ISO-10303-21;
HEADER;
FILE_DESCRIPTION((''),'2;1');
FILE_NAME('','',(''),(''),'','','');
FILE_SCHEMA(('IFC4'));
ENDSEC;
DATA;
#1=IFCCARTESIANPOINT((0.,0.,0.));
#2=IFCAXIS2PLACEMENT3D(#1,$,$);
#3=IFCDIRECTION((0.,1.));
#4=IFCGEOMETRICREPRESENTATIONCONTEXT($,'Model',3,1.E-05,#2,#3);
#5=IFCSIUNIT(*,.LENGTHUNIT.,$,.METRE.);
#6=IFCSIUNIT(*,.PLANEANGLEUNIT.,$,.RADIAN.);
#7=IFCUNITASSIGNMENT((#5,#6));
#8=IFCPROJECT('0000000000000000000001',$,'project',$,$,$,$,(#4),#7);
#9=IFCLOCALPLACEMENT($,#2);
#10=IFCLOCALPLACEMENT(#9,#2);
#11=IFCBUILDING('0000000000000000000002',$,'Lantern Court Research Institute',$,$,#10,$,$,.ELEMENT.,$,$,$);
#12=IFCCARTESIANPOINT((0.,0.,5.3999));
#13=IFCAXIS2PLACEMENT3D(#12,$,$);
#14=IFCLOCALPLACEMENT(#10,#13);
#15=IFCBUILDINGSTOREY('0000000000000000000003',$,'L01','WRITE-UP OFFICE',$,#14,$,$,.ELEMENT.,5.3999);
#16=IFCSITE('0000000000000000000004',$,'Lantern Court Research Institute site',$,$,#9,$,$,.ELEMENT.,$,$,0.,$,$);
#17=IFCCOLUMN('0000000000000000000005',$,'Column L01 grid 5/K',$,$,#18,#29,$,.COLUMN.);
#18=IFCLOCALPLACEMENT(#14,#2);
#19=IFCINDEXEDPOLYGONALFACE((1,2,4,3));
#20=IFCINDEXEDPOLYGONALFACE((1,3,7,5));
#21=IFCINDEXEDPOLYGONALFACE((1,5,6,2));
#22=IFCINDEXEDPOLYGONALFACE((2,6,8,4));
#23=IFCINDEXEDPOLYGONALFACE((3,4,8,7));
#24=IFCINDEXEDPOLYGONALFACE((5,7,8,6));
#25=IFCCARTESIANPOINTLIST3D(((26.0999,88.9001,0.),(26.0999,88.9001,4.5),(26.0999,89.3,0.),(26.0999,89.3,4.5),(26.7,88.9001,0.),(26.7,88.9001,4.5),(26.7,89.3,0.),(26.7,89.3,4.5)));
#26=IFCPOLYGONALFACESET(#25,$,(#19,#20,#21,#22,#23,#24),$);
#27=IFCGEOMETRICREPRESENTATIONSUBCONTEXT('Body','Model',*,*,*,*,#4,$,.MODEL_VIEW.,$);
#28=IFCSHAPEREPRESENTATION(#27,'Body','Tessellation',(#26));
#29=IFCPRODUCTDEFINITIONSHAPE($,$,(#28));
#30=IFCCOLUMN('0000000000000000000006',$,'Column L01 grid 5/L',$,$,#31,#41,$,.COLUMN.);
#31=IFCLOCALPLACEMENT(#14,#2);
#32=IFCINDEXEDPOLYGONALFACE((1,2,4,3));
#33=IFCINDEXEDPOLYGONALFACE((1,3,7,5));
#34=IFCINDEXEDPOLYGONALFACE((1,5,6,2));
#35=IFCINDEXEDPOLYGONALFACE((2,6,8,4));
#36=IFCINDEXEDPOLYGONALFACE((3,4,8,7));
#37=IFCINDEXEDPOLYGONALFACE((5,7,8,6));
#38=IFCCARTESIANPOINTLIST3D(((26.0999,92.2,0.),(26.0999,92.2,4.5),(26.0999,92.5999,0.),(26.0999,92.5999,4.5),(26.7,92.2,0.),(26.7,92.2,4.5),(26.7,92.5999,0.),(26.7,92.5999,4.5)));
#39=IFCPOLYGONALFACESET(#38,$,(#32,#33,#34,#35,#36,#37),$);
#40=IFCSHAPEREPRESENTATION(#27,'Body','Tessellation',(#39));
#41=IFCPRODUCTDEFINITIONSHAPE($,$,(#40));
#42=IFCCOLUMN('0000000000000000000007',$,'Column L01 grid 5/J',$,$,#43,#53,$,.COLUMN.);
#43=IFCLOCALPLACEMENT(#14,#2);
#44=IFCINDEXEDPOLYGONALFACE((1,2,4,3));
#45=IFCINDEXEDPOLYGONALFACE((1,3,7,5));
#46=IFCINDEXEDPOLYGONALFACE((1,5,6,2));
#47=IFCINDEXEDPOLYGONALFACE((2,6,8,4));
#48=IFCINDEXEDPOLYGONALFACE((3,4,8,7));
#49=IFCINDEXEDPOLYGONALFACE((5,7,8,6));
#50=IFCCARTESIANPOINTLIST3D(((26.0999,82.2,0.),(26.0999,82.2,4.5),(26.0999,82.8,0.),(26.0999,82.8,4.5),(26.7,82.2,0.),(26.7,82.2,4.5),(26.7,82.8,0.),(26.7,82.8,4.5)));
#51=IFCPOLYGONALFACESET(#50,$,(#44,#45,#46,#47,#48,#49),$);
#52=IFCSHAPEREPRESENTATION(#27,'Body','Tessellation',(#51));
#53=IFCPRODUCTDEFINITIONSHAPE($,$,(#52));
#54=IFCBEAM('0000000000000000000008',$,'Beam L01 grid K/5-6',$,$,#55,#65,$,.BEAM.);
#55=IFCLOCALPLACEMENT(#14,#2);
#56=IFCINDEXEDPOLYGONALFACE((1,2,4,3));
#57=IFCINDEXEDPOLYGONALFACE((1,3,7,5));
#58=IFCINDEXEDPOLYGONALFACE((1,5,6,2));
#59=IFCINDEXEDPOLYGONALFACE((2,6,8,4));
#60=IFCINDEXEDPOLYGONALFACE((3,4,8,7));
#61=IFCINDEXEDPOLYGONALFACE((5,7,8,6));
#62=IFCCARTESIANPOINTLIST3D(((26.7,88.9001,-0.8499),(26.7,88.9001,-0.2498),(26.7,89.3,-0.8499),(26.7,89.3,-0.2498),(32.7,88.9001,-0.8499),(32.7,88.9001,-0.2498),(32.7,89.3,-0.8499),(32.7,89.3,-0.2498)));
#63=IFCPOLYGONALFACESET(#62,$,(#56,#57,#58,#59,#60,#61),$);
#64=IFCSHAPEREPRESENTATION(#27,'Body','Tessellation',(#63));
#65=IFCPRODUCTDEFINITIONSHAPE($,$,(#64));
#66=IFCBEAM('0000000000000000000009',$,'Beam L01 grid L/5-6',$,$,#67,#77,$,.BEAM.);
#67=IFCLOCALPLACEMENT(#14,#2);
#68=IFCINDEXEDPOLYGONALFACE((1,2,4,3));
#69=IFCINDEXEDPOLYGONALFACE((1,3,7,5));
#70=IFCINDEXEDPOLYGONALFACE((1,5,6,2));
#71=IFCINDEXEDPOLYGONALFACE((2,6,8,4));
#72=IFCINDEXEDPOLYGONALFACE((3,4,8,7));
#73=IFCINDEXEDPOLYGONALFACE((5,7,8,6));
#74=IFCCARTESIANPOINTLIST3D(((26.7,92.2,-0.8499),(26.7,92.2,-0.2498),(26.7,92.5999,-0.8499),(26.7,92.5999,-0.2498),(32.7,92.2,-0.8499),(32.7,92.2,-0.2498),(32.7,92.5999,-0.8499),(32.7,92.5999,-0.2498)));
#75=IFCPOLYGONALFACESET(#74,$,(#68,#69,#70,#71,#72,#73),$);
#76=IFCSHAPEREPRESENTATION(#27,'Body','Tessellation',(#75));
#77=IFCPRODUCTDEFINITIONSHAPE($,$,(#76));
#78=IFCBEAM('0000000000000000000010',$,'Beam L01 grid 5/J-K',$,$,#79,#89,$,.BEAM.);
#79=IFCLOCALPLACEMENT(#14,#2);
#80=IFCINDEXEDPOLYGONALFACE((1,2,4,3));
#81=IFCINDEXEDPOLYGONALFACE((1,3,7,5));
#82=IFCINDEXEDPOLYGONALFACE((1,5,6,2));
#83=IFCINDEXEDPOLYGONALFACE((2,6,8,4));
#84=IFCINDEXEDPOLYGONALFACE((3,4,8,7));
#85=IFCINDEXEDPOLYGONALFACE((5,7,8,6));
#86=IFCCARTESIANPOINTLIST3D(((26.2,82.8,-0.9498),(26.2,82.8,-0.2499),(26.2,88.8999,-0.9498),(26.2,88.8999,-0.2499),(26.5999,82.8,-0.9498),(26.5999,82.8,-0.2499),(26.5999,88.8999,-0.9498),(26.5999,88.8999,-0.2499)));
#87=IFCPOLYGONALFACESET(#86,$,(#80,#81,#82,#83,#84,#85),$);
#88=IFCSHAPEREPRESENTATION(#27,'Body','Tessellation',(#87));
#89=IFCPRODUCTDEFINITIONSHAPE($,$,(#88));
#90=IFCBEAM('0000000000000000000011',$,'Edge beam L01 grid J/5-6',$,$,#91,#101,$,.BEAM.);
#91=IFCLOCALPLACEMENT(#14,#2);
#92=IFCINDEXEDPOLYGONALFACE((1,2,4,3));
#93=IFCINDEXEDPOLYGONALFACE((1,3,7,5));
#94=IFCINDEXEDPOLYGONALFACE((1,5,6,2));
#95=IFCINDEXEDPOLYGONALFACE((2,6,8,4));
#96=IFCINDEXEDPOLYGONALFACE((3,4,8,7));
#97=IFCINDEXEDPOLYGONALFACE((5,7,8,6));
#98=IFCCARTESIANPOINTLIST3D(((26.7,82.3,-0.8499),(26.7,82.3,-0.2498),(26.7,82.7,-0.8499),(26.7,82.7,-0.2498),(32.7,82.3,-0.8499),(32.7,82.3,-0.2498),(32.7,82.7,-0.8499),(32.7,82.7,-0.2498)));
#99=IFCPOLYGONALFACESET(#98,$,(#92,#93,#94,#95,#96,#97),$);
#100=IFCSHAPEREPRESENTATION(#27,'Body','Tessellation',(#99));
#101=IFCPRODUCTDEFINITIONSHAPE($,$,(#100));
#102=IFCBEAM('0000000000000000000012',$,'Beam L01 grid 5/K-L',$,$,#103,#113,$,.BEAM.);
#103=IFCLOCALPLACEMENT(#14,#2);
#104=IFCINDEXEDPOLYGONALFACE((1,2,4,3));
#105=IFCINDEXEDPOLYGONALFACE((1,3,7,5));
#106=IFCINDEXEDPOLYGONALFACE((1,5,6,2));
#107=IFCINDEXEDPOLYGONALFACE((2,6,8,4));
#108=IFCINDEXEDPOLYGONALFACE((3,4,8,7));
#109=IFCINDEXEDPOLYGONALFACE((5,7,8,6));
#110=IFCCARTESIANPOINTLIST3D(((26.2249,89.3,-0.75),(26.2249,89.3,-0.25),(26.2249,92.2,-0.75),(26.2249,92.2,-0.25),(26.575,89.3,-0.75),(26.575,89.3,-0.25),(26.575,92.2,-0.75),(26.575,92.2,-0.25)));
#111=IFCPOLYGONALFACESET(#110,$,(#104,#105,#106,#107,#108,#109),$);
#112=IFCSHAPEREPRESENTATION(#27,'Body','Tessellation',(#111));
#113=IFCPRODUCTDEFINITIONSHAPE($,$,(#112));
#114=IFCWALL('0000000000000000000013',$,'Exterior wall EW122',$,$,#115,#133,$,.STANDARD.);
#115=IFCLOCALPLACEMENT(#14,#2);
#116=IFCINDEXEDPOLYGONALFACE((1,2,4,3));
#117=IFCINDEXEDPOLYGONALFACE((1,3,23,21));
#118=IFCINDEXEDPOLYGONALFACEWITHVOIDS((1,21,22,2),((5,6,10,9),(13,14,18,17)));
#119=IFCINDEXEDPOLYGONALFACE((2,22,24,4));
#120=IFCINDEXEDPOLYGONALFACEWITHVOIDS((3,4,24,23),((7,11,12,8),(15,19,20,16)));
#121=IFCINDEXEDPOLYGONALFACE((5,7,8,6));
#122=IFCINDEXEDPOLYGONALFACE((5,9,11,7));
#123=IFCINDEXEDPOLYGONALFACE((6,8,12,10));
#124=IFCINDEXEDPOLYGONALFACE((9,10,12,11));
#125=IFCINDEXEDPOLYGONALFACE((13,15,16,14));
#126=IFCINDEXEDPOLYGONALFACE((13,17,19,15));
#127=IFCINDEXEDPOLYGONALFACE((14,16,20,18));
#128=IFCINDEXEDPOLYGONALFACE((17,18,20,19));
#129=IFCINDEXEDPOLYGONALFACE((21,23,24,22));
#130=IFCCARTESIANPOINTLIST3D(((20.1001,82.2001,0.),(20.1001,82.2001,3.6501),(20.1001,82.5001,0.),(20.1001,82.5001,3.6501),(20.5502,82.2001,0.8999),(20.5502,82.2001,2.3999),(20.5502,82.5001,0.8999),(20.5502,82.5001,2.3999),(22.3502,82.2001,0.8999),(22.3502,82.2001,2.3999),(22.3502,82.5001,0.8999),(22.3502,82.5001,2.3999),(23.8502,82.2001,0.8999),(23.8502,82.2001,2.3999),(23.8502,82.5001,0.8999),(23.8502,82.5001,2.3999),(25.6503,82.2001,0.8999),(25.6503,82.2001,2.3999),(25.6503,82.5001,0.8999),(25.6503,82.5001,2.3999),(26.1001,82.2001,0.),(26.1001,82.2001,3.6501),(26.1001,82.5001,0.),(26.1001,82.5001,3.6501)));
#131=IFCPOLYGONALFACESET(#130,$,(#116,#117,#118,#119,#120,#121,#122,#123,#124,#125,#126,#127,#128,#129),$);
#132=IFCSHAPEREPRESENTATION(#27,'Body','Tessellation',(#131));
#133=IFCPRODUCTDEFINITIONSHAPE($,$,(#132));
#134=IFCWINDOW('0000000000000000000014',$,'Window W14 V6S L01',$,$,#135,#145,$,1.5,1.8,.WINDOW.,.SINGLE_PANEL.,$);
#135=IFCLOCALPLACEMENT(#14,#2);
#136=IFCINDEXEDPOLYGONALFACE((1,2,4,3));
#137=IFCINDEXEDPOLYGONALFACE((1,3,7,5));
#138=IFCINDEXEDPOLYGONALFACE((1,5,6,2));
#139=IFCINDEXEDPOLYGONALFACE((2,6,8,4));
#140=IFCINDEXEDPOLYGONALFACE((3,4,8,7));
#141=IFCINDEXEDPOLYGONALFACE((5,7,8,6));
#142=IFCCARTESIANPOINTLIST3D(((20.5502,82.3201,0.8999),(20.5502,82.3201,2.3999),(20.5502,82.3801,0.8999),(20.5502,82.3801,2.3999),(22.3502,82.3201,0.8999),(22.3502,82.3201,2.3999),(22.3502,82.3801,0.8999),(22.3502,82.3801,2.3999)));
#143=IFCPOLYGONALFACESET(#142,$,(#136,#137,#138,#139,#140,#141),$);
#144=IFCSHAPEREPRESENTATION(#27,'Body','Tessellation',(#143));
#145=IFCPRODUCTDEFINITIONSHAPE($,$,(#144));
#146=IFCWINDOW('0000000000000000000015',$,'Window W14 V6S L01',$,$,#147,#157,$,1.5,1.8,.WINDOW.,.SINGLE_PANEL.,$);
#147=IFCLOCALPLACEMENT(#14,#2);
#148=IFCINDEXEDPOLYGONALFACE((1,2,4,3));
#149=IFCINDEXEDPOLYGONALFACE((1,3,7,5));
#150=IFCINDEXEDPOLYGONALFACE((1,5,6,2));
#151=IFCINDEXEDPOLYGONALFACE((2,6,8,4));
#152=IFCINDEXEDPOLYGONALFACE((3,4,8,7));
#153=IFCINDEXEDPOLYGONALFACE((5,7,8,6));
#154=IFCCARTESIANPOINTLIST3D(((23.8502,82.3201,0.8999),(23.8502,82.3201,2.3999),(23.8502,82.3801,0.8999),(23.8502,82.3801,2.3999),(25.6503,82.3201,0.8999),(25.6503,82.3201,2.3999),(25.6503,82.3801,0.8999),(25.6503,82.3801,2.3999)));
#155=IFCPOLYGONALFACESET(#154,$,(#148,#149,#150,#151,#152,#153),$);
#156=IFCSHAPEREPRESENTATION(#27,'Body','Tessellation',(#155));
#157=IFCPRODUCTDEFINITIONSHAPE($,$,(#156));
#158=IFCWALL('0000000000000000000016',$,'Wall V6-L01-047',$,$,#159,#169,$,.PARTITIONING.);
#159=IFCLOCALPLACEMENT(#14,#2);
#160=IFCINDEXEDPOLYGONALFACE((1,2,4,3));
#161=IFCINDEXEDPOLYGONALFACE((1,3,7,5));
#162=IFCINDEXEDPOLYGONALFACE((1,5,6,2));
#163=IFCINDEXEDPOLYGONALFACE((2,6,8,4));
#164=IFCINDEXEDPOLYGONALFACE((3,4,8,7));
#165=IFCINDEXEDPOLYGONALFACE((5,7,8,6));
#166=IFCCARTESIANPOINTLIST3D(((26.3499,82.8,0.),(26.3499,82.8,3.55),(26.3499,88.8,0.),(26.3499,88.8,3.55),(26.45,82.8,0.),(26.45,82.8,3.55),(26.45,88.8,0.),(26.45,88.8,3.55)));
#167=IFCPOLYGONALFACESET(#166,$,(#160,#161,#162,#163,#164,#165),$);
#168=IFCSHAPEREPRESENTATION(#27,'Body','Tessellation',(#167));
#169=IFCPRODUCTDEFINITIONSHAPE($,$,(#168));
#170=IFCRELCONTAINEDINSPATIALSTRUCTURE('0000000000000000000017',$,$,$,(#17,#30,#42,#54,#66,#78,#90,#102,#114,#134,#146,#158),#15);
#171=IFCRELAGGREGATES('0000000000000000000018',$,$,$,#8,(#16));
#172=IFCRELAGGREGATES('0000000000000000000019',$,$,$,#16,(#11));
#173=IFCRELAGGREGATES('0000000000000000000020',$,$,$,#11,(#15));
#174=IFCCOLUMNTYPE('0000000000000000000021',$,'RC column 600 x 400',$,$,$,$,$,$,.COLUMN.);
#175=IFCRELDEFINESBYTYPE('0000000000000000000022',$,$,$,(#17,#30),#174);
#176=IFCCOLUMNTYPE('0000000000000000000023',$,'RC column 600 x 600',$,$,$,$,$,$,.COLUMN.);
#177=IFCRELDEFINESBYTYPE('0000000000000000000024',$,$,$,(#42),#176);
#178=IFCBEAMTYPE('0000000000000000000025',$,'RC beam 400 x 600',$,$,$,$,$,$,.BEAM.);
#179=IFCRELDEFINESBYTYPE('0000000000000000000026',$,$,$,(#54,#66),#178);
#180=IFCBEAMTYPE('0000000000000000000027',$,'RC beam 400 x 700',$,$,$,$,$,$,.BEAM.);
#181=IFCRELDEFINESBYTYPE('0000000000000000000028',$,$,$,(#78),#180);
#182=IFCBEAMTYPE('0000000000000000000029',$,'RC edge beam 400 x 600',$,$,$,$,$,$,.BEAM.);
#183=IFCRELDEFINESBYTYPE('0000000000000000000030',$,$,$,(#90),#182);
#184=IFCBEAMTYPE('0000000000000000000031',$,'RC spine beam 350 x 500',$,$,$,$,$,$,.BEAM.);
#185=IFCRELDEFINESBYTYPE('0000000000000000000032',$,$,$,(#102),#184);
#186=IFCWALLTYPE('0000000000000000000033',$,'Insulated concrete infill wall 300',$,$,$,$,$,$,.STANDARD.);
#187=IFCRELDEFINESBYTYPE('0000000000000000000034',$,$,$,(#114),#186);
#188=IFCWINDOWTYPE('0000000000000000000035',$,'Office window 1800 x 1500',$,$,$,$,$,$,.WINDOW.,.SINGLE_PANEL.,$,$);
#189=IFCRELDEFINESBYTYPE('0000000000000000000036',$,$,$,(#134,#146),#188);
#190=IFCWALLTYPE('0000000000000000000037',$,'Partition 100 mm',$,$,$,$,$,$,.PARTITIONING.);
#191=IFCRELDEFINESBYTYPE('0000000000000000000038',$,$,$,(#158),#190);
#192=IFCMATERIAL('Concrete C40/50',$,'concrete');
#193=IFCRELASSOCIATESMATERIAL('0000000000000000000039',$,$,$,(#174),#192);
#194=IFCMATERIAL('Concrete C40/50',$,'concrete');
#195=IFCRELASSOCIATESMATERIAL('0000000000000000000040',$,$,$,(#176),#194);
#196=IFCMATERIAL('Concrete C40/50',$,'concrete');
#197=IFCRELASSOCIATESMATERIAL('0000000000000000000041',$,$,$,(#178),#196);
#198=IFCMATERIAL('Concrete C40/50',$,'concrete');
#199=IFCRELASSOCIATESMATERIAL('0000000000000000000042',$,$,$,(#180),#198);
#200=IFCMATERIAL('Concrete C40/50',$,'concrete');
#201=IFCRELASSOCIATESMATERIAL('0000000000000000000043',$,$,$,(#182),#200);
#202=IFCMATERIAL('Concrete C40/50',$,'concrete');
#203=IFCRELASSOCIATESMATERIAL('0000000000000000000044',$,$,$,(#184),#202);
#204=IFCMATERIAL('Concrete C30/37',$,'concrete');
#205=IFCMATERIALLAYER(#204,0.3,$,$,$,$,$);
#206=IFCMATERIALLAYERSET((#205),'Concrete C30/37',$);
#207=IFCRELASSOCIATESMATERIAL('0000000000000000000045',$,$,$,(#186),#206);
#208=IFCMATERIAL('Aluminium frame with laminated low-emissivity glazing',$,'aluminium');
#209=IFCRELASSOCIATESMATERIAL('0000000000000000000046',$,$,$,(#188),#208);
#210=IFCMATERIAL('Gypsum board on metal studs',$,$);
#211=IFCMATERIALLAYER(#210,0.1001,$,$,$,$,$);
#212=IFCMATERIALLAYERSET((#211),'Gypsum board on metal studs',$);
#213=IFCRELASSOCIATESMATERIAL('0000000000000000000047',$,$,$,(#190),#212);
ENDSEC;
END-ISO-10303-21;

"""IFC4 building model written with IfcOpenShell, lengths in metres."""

from ifc_helpers import new_model, si_unit, direction, frame, frame_2d, origin, origin_2d, place, context, subcontext, project, spatial, rectangle, extrude, material, layer, layer_set, material_profile, profile_set, type_object, element, fill, save


model = new_model("IFC4")

# Units and contexts
model_context = context("Model", 3, precision=1e-05, world=origin(), true_north=direction((0.0, 1.0)))
body_context = subcontext(model_context, "Body", "Model", "MODEL_VIEW")
ifc_project = project(units=[si_unit("LENGTHUNIT", "METRE"), si_unit("PLANEANGLEUNIT", "RADIAN")], contexts=[model_context])

# Site, building, storey
site_placement = place(None, origin())
site = spatial("IfcSite", under=ifc_project, at=site_placement, Name="Lantern Court Research Institute site", CompositionType="ELEMENT", RefElevation=0.0)
building_placement = place(site_placement, origin())
building = spatial("IfcBuilding", under=site, at=building_placement, Name="Lantern Court Research Institute", CompositionType="ELEMENT")
storey_placement = place(building_placement, frame((0.0, 0.0, 5.3999)))
storey = spatial("IfcBuildingStorey", under=building, at=storey_placement, Name="L01", Description="WRITE-UP OFFICE", CompositionType="ELEMENT", Elevation=5.3999)

# Columns
ifc_material_1 = material(Name="Concrete C40/50", Category="concrete")
ifc_material_profile_1 = material_profile(ifc_material_1, rectangle(XDim=0.6001, YDim=0.3999, at=origin_2d()), Name="RC column 600 x 400")
ifc_profile_set_1 = profile_set([ifc_material_profile_1], Name="Concrete C40/50")
column_type_1 = type_object("IfcColumnType", Name="RC column 600 x 400", PredefinedType="COLUMN", material=ifc_profile_set_1)
for number, where, z_axis, x_axis, name in (
    (1, (26.3999, 89.1001, 0.0), (0.0, 0.0, 1.0), (1.0, 0.0, 0.0), "Column L01 grid 5/K"),
    (2, (26.3999, 92.3999, 0.0), (0.0, 0.0, 1.0), (1.0, 0.0, 0.0), "Column L01 grid 5/L"),
):
    element("IfcColumn", number, at=place(storey_placement, frame(where, z_axis=z_axis, x_axis=x_axis)), inside=storey, type_object=column_type_1, Name=name, PredefinedType="COLUMN", context=body_context, shape_type="SweptSolid", body=[
        extrude(rectangle(XDim=0.6001, YDim=0.3999, at=origin_2d()), origin(), (0.0, 0.0, 1.0), 4.5),
    ])
ifc_material_2 = material(Name="Concrete C40/50", Category="concrete")
ifc_material_profile_2 = material_profile(ifc_material_2, rectangle(XDim=0.6001, YDim=0.6001, at=origin_2d()), Name="RC column 600 x 600")
ifc_profile_set_2 = profile_set([ifc_material_profile_2], Name="Concrete C40/50")
column_type_2 = type_object("IfcColumnType", Name="RC column 600 x 600", PredefinedType="COLUMN", material=ifc_profile_set_2)
column_placement = place(storey_placement, frame((26.3999, 82.5, 0.0), z_axis=(0.0, 0.0, 1.0), x_axis=(1.0, 0.0, 0.0)))
element("IfcColumn", 3, at=column_placement, inside=storey, type_object=column_type_2, Name="Column L01 grid 5/J", PredefinedType="COLUMN", context=body_context, shape_type="SweptSolid", body=[
    extrude(rectangle(XDim=0.6001, YDim=0.6001, at=origin_2d()), origin(), (0.0, 0.0, 1.0), 4.5),
])

# Beams
ifc_material_3 = material(Name="Concrete C40/50", Category="concrete")
ifc_material_profile_3 = material_profile(ifc_material_3, rectangle(XDim=0.3999, YDim=0.6001, at=origin_2d()), Name="RC beam 400 x 600")
ifc_profile_set_3 = profile_set([ifc_material_profile_3], Name="Concrete C40/50")
beam_type_1 = type_object("IfcBeamType", Name="RC beam 400 x 600", PredefinedType="BEAM", material=ifc_profile_set_3)
for number, where, z_axis, x_axis, name in (
    (4, (26.7, 89.1001, -0.5498), (1.0, 0.0, 0.0), (0.0, 1.0, 0.0), "Beam L01 grid K/5-6"),
    (5, (26.7, 92.3999, -0.5498), (1.0, 0.0, 0.0), (0.0, 1.0, 0.0), "Beam L01 grid L/5-6"),
):
    element("IfcBeam", number, at=place(storey_placement, frame(where, z_axis=z_axis, x_axis=x_axis)), inside=storey, type_object=beam_type_1, Name=name, PredefinedType="BEAM", context=body_context, shape_type="SweptSolid", body=[
        extrude(rectangle(XDim=0.3999, YDim=0.6001, at=origin_2d()), origin(), (0.0, 0.0, 1.0), 6.0),
    ])
ifc_material_4 = material(Name="Concrete C40/50", Category="concrete")
ifc_material_profile_4 = material_profile(ifc_material_4, rectangle(XDim=0.3999, YDim=0.7, at=origin_2d()), Name="RC beam 400 x 700")
ifc_profile_set_4 = profile_set([ifc_material_profile_4], Name="Concrete C40/50")
beam_type_2 = type_object("IfcBeamType", Name="RC beam 400 x 700", PredefinedType="BEAM", material=ifc_profile_set_4)
beam_1_placement = place(storey_placement, frame((26.3999, 82.8, -0.5999), z_axis=(0.0, 1.0, 0.0), x_axis=(-1.0, 0.0, 0.0)))
element("IfcBeam", 6, at=beam_1_placement, inside=storey, type_object=beam_type_2, Name="Beam L01 grid 5/J-K", PredefinedType="BEAM", context=body_context, shape_type="SweptSolid", body=[
    extrude(rectangle(XDim=0.3999, YDim=0.7, at=origin_2d()), origin(), (0.0, 0.0, 1.0), 6.0999),
])
ifc_material_5 = material(Name="Concrete C40/50", Category="concrete")
ifc_material_profile_5 = material_profile(ifc_material_5, rectangle(XDim=0.3999, YDim=0.6001, at=origin_2d()), Name="RC beam 400 x 600")
ifc_profile_set_5 = profile_set([ifc_material_profile_5], Name="Concrete C40/50")
beam_type_3 = type_object("IfcBeamType", Name="RC edge beam 400 x 600", PredefinedType="BEAM", material=ifc_profile_set_5)
beam_2_placement = place(storey_placement, frame((26.7, 82.5, -0.5498), z_axis=(1.0, 0.0, 0.0), x_axis=(0.0, 1.0, 0.0)))
element("IfcBeam", 7, at=beam_2_placement, inside=storey, type_object=beam_type_3, Name="Edge beam L01 grid J/5-6", PredefinedType="BEAM", context=body_context, shape_type="SweptSolid", body=[
    extrude(rectangle(XDim=0.3999, YDim=0.6001, at=origin_2d()), origin(), (0.0, 0.0, 1.0), 6.0),
])
ifc_material_6 = material(Name="Concrete C40/50", Category="concrete")
ifc_material_profile_6 = material_profile(ifc_material_6, rectangle(XDim=0.3501, YDim=0.5, at=origin_2d()), Name="RC beam 350 x 500")
ifc_profile_set_6 = profile_set([ifc_material_profile_6], Name="Concrete C40/50")
beam_type_4 = type_object("IfcBeamType", Name="RC spine beam 350 x 500", PredefinedType="BEAM", material=ifc_profile_set_6)
beam_3_placement = place(storey_placement, frame((26.3999, 89.3, -0.5), z_axis=(0.0, 1.0, 0.0), x_axis=(-1.0, 0.0, 0.0)))
element("IfcBeam", 8, at=beam_3_placement, inside=storey, type_object=beam_type_4, Name="Beam L01 grid 5/K-L", PredefinedType="BEAM", context=body_context, shape_type="SweptSolid", body=[
    extrude(rectangle(XDim=0.3501, YDim=0.5, at=origin_2d()), origin(), (0.0, 0.0, 1.0), 2.8999),
])

# Wall, openings, windows
ifc_material_7 = material(Name="Concrete C30/37", Category="concrete")
ifc_layer_1 = layer(ifc_material_7, 0.3)
ifc_layer_set_1 = layer_set([ifc_layer_1], Name="Concrete C30/37")
wall_type_1 = type_object("IfcWallType", Name="Insulated concrete infill wall 300", PredefinedType="STANDARD", material=ifc_layer_set_1)
wall_1_placement = place(storey_placement, frame((26.1001, 82.3501, 0.0), z_axis=(0.0, 0.0, 1.0), x_axis=(-1.0, 0.0, 0.0)))
wall_1 = element("IfcWall", 9, at=wall_1_placement, inside=storey, type_object=wall_type_1, Name="Exterior wall EW122", PredefinedType="STANDARD", context=body_context, shape_type="SweptSolid", body=[
    extrude(rectangle(XDim=6.0, YDim=0.3, at=frame_2d((3.0, 0.0))), origin(), (0.0, 0.0, 1.0), 3.6501),
])
opening_1_placement = place(wall_1_placement, frame((3.75, 0.0, 0.8999)))
opening_1 = element("IfcOpeningElement", 10, at=opening_1_placement, cuts=wall_1, PredefinedType="OPENING", context=body_context, shape_type="SweptSolid", body=[
    extrude(rectangle(XDim=1.8, YDim=1.5, at=frame_2d((0.8999, 0.75))), frame((0.0, 0.1599, 0.0), z_axis=(0.0, -1.0, 0.0), x_axis=(1.0, 0.0, 0.0)), (0.0, 0.0, 1.0), 0.3201),
])
opening_2_placement = place(wall_1_placement, frame((0.45, 0.0, 0.8999)))
opening_2 = element("IfcOpeningElement", 11, at=opening_2_placement, cuts=wall_1, PredefinedType="OPENING", context=body_context, shape_type="SweptSolid", body=[
    extrude(rectangle(XDim=1.8, YDim=1.5, at=frame_2d((0.8999, 0.75))), frame((0.0, 0.1599, 0.0), z_axis=(0.0, -1.0, 0.0), x_axis=(1.0, 0.0, 0.0)), (0.0, 0.0, 1.0), 0.3201),
])
ifc_material_8 = material(Name="Aluminium frame with laminated low-emissivity glazing", Category="aluminium")
window_type = type_object("IfcWindowType", Name="Office window 1800 x 1500", PartitioningType="SINGLE_PANEL", PredefinedType="WINDOW", material=ifc_material_8)
window_1_placement = place(opening_1_placement, origin())
window_1 = element("IfcWindow", 12, at=window_1_placement, inside=storey, type_object=window_type, Name="Window W14 V6S L01", OverallHeight=1.5, OverallWidth=1.8, PartitioningType="SINGLE_PANEL", PredefinedType="WINDOW", context=body_context, shape_type="SweptSolid", body=[
    extrude(rectangle(XDim=1.8, YDim=1.5, at=frame_2d((0.8999, 0.75))), frame((0.0, 0.03, 0.0), z_axis=(0.0, -1.0, 0.0), x_axis=(1.0, 0.0, 0.0)), (0.0, 0.0, 1.0), 0.0601),
])
fill(opening_1, window_1)
window_2_placement = place(opening_2_placement, origin())
window_2 = element("IfcWindow", 13, at=window_2_placement, inside=storey, type_object=window_type, Name="Window W14 V6S L01", OverallHeight=1.5, OverallWidth=1.8, PartitioningType="SINGLE_PANEL", PredefinedType="WINDOW", context=body_context, shape_type="SweptSolid", body=[
    extrude(rectangle(XDim=1.8, YDim=1.5, at=frame_2d((0.8999, 0.75))), frame((0.0, 0.03, 0.0), z_axis=(0.0, -1.0, 0.0), x_axis=(1.0, 0.0, 0.0)), (0.0, 0.0, 1.0), 0.0601),
])
fill(opening_2, window_2)

# Wall
ifc_material_9 = material(Name="Gypsum board on metal studs")
ifc_layer_2 = layer(ifc_material_9, 0.1001)
ifc_layer_set_2 = layer_set([ifc_layer_2], Name="Gypsum board on metal studs")
wall_type_2 = type_object("IfcWallType", Name="Partition 100 mm", PredefinedType="PARTITIONING", material=ifc_layer_set_2)
wall_2_placement = place(storey_placement, frame((26.3999, 82.8, 0.0), z_axis=(0.0, 0.0, 1.0), x_axis=(0.0, 1.0, 0.0)))
element("IfcWall", 14, at=wall_2_placement, inside=storey, type_object=wall_type_2, Name="Wall V6-L01-047", PredefinedType="PARTITIONING", context=body_context, shape_type="SweptSolid", body=[
    extrude(rectangle(XDim=6.0, YDim=0.1001, at=frame_2d((3.0, 0.0))), origin(), (0.0, 0.0, 1.0), 3.55),
])

save(model, "model.ifc")
